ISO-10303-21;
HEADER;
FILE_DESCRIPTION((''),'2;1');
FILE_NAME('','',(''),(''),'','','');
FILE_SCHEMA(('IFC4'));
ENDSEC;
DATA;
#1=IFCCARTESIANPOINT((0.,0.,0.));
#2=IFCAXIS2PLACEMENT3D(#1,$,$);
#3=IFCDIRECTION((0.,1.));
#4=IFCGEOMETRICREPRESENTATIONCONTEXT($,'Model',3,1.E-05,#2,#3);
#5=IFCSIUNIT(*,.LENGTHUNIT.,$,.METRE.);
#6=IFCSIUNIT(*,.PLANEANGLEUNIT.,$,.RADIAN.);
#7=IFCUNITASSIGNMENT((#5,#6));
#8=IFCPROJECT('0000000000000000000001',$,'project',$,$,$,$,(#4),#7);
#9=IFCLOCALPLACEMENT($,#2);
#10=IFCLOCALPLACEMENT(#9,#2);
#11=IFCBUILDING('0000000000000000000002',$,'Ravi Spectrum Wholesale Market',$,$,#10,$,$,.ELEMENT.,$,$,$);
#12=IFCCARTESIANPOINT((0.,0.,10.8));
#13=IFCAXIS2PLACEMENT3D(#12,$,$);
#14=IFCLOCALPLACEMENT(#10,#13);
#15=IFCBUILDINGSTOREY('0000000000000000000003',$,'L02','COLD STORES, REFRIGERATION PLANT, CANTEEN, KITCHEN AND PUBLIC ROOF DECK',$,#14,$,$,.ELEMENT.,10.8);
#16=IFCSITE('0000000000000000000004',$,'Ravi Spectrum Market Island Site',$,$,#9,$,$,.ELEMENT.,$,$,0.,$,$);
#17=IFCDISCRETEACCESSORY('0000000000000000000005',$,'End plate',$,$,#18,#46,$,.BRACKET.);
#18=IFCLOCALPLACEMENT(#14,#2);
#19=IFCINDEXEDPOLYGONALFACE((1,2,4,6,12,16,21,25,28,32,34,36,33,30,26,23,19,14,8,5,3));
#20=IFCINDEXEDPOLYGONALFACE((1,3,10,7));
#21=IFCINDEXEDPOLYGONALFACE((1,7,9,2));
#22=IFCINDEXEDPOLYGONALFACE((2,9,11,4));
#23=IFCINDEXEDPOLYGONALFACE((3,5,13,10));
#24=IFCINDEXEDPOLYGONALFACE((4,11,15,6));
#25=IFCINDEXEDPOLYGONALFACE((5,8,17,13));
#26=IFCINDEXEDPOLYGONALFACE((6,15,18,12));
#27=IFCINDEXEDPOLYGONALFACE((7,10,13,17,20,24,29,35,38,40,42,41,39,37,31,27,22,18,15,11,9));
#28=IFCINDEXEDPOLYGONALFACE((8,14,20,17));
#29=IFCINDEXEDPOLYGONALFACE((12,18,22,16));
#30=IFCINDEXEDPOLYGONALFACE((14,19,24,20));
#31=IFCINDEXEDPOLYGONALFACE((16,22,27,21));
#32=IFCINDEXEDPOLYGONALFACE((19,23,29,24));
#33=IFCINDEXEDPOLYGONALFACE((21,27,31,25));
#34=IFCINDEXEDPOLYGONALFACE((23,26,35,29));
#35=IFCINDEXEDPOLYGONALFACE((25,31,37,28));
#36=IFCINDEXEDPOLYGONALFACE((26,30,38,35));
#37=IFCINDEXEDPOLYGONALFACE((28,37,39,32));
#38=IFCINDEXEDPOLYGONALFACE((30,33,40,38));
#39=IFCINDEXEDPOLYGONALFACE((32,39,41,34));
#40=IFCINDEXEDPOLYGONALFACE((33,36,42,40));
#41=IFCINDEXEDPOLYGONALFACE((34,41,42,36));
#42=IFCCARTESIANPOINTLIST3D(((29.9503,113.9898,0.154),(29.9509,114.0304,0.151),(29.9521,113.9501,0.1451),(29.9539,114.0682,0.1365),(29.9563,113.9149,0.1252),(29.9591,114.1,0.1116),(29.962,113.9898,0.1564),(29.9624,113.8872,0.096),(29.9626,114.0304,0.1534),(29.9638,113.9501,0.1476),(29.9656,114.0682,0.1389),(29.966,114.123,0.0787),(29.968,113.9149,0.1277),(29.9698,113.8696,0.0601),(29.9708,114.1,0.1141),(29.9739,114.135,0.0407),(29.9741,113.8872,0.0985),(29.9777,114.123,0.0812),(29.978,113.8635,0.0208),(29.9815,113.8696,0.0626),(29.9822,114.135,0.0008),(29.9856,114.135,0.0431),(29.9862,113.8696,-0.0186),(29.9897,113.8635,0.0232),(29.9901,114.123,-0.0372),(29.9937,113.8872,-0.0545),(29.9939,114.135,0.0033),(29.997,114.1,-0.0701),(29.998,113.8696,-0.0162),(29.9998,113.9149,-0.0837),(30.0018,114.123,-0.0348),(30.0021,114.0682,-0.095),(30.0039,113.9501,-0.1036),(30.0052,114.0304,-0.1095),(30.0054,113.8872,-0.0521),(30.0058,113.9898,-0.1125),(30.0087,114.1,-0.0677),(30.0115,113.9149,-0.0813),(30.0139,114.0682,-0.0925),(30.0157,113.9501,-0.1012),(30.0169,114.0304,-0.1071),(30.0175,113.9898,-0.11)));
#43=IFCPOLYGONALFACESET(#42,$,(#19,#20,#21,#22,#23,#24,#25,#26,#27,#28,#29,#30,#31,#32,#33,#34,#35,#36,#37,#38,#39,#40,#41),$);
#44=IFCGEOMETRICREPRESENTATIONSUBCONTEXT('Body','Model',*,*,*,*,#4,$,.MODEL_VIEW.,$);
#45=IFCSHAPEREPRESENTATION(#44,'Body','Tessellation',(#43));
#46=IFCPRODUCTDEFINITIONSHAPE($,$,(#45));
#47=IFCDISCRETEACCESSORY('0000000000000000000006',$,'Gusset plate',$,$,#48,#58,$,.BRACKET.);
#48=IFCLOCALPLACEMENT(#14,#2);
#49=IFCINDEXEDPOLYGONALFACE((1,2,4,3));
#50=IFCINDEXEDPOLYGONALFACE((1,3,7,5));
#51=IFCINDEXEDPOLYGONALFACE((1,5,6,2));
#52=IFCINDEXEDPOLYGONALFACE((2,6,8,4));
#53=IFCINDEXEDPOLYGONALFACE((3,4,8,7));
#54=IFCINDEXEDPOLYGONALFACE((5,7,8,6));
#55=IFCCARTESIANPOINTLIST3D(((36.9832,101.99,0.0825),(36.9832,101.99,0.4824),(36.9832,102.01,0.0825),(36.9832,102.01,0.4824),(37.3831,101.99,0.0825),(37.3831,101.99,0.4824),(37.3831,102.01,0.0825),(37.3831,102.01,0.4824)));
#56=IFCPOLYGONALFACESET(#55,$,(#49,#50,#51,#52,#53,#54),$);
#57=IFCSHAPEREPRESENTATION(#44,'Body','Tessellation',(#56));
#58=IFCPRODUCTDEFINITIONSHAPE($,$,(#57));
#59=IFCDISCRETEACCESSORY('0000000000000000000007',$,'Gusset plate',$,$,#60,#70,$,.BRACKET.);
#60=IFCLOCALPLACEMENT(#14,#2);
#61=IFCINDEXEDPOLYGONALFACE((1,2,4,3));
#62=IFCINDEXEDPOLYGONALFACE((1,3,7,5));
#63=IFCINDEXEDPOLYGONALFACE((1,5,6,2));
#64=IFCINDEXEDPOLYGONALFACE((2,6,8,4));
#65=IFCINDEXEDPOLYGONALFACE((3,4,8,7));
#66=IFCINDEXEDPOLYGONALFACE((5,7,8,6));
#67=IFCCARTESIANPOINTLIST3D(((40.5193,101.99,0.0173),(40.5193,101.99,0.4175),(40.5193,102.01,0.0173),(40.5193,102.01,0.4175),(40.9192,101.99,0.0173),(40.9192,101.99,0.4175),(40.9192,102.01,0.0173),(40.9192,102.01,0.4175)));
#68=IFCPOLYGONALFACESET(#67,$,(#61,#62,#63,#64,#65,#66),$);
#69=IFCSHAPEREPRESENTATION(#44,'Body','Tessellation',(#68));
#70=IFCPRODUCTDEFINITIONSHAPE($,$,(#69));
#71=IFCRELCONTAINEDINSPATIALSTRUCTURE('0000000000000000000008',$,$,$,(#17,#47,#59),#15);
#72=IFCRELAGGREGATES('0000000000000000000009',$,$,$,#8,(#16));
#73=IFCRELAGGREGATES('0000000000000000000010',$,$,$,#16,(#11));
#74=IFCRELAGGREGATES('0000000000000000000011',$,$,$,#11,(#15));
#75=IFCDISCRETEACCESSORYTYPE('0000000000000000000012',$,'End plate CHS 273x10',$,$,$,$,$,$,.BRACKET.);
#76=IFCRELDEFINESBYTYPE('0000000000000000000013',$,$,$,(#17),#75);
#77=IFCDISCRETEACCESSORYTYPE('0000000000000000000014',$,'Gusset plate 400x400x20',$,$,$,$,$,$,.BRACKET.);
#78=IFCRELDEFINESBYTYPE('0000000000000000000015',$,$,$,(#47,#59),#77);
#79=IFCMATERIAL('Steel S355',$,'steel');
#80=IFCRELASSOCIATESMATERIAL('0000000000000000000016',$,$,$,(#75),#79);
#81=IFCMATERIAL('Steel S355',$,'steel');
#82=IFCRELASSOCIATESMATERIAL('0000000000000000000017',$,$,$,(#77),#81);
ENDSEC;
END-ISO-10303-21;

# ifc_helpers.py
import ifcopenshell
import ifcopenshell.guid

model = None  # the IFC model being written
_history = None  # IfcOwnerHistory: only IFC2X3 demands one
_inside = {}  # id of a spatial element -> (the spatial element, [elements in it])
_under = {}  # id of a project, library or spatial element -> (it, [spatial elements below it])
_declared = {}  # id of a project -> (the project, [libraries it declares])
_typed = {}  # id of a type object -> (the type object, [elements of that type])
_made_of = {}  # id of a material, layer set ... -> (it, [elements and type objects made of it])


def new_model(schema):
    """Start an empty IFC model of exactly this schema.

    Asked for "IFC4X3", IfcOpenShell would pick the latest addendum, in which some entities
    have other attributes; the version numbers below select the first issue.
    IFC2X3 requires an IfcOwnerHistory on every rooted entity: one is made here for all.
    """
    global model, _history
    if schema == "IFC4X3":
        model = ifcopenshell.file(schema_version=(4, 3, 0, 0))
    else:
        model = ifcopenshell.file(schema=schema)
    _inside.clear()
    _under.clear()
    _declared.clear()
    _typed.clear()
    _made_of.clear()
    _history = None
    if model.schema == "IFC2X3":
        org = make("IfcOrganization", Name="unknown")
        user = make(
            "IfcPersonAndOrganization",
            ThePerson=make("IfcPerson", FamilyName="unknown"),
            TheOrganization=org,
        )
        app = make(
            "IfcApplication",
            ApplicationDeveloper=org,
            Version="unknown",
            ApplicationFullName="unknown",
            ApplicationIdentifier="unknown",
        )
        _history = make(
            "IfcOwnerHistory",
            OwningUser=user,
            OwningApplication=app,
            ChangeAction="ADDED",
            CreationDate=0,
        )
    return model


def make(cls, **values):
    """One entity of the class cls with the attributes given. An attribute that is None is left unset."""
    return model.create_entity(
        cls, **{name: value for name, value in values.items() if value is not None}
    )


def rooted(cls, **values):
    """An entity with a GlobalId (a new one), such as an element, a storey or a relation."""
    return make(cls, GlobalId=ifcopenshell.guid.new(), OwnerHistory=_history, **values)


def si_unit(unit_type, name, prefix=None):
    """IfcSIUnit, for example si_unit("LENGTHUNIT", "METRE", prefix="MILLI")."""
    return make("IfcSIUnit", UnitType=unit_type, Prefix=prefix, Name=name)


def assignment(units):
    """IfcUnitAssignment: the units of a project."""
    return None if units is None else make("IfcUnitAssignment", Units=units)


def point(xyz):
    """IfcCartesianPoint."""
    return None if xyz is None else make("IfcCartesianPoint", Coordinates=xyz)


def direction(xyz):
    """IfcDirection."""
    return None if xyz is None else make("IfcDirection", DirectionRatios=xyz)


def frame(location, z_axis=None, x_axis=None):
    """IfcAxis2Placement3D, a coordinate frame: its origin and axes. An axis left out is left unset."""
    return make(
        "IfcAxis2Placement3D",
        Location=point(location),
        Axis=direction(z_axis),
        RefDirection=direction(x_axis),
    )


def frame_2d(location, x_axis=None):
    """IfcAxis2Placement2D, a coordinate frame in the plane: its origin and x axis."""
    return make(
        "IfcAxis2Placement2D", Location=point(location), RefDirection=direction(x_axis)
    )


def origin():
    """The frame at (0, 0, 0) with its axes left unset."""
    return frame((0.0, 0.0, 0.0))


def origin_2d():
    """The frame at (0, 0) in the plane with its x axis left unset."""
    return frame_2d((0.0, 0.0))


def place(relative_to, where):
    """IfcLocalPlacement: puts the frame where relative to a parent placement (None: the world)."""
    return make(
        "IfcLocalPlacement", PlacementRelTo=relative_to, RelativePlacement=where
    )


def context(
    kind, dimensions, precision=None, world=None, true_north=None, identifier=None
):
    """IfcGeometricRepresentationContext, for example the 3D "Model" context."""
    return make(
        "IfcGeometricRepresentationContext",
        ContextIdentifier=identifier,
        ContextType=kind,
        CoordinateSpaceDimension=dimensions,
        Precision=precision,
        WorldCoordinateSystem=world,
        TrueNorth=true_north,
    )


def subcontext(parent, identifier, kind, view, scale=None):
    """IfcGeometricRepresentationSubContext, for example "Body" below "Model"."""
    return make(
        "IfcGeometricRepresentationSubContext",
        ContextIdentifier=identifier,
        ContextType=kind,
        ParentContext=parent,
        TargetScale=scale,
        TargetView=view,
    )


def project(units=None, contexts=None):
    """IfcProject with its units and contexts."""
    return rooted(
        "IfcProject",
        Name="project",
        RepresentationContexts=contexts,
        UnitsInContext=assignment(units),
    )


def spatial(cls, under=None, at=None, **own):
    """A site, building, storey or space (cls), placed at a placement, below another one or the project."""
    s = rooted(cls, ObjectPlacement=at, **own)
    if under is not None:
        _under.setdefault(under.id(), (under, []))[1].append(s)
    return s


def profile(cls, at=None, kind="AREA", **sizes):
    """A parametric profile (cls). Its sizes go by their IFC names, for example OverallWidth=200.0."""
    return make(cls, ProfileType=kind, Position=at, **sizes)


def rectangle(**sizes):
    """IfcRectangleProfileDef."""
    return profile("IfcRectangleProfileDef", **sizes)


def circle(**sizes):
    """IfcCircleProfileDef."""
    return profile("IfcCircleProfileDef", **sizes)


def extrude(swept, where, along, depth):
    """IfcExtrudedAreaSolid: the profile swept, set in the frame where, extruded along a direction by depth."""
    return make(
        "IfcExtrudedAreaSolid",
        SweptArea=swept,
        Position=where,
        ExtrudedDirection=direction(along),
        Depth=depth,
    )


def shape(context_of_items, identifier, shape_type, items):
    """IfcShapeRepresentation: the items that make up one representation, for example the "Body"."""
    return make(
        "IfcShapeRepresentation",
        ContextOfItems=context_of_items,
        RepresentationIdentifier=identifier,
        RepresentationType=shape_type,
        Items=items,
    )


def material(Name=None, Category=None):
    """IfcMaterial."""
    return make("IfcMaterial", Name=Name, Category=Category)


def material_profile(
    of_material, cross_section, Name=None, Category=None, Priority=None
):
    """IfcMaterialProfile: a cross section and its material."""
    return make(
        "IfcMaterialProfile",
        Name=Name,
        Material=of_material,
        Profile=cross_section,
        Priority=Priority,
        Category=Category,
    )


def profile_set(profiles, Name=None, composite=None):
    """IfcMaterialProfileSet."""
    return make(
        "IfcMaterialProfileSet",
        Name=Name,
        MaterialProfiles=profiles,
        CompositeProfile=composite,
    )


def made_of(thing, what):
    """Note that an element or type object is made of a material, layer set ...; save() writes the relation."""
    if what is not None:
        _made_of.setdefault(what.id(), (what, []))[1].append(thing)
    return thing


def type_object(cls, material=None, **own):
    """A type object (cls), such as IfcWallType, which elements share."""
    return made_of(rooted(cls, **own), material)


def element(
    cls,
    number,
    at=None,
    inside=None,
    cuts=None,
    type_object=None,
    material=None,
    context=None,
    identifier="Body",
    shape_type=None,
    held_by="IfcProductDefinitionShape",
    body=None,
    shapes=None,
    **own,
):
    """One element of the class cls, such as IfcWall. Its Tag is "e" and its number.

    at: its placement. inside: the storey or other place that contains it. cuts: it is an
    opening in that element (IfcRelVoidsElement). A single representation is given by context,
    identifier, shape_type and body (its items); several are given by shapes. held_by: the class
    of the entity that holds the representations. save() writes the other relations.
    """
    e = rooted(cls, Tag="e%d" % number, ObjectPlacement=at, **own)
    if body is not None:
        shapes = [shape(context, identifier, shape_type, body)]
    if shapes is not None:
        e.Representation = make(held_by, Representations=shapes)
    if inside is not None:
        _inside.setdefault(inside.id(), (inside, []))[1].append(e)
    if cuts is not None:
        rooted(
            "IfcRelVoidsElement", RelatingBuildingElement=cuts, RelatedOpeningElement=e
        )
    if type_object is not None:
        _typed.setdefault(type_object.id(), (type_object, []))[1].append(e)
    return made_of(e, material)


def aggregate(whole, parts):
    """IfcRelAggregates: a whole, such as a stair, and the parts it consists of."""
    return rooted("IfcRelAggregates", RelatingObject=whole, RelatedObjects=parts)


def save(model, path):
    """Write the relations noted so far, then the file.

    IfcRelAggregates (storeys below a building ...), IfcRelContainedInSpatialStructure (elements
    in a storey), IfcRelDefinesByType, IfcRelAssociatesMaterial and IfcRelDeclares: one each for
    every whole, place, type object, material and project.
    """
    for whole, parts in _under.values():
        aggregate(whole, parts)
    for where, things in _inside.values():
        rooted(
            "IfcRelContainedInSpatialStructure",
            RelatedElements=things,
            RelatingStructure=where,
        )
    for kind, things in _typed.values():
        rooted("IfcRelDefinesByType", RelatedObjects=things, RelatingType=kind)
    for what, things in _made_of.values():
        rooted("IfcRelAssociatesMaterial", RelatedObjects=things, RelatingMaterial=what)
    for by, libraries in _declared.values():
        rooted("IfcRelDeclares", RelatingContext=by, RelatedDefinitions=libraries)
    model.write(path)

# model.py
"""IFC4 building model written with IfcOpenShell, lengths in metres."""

from ifc_helpers import new_model, si_unit, direction, frame, origin, origin_2d, place, context, subcontext, project, spatial, rectangle, circle, extrude, material, material_profile, profile_set, type_object, element, save


model = new_model("IFC4")

# Units and contexts
model_context = context("Model", 3, precision=1e-05, world=origin(), true_north=direction((0.0, 1.0)))
body_context = subcontext(model_context, "Body", "Model", "MODEL_VIEW")
ifc_project = project(units=[si_unit("LENGTHUNIT", "METRE"), si_unit("PLANEANGLEUNIT", "RADIAN")], contexts=[model_context])

# Site, building, storey
site_placement = place(None, origin())
site = spatial("IfcSite", under=ifc_project, at=site_placement, Name="Ravi Spectrum Market Island Site", CompositionType="ELEMENT", RefElevation=0.0)
building_placement = place(site_placement, origin())
building = spatial("IfcBuilding", under=site, at=building_placement, Name="Ravi Spectrum Wholesale Market", CompositionType="ELEMENT")
storey_placement = place(building_placement, frame((0.0, 0.0, 10.8)))
storey = spatial("IfcBuildingStorey", under=building, at=storey_placement, Name="L02", Description="COLD STORES, REFRIGERATION PLANT, CANTEEN, KITCHEN AND PUBLIC ROOF DECK", CompositionType="ELEMENT", Elevation=10.8)

# Discrete accessories
ifc_material_1 = material(Name="Steel S355", Category="steel")
ifc_material_profile_1 = material_profile(ifc_material_1, circle(Radius=0.1365, at=origin_2d()))
ifc_profile_set_1 = profile_set([ifc_material_profile_1], Name="Steel S355")
discrete_accessory_type_1 = type_object("IfcDiscreteAccessoryType", Name="End plate CHS 273x10", PredefinedType="BRACKET", material=ifc_profile_set_1)
discrete_accessory_1_placement = place(storey_placement, frame((29.9897, 114.0, 0.0232), z_axis=(-0.97898, 0.0, -0.203954), x_axis=(0.0, -1.0, 0.0)))
element("IfcDiscreteAccessory", 1, at=discrete_accessory_1_placement, inside=storey, type_object=discrete_accessory_type_1, Name="End plate", PredefinedType="BRACKET", context=body_context, shape_type="SweptSolid", body=[
    extrude(circle(Radius=0.1365, at=origin_2d()), origin(), (0.0, 0.0, 1.0), 0.012),
])
ifc_material_2 = material(Name="Steel S355", Category="steel")
ifc_material_profile_2 = material_profile(ifc_material_2, rectangle(XDim=0.3999, YDim=0.02, at=origin_2d()))
ifc_profile_set_2 = profile_set([ifc_material_profile_2], Name="Steel S355")
discrete_accessory_type_2 = type_object("IfcDiscreteAccessoryType", Name="Gusset plate 400x400x20", PredefinedType="BRACKET", material=ifc_profile_set_2)
discrete_accessory_2_placement = place(storey_placement, frame((37.1831, 102.0, 0.0825), z_axis=(0.0, 0.0, 1.0), x_axis=(1.0, 0.0, 0.0)))
element("IfcDiscreteAccessory", 2, at=discrete_accessory_2_placement, inside=storey, type_object=discrete_accessory_type_2, Name="Gusset plate", PredefinedType="BRACKET", context=body_context, shape_type="SweptSolid", body=[
    extrude(rectangle(XDim=0.3999, YDim=0.02, at=origin_2d()), origin(), (0.0, 0.0, 1.0), 0.3999),
])
discrete_accessory_3_placement = place(storey_placement, frame((40.7192, 102.0, 0.0173), z_axis=(0.0, 0.0, 1.0), x_axis=(1.0, 0.0, 0.0)))
element("IfcDiscreteAccessory", 3, at=discrete_accessory_3_placement, inside=storey, type_object=discrete_accessory_type_2, Name="Gusset plate", PredefinedType="BRACKET", context=body_context, shape_type="SweptSolid", body=[
    extrude(rectangle(XDim=0.3999, YDim=0.02, at=origin_2d()), origin(), (0.0, 0.0, 1.0), 0.4001),
])

save(model, "model.ifc")
